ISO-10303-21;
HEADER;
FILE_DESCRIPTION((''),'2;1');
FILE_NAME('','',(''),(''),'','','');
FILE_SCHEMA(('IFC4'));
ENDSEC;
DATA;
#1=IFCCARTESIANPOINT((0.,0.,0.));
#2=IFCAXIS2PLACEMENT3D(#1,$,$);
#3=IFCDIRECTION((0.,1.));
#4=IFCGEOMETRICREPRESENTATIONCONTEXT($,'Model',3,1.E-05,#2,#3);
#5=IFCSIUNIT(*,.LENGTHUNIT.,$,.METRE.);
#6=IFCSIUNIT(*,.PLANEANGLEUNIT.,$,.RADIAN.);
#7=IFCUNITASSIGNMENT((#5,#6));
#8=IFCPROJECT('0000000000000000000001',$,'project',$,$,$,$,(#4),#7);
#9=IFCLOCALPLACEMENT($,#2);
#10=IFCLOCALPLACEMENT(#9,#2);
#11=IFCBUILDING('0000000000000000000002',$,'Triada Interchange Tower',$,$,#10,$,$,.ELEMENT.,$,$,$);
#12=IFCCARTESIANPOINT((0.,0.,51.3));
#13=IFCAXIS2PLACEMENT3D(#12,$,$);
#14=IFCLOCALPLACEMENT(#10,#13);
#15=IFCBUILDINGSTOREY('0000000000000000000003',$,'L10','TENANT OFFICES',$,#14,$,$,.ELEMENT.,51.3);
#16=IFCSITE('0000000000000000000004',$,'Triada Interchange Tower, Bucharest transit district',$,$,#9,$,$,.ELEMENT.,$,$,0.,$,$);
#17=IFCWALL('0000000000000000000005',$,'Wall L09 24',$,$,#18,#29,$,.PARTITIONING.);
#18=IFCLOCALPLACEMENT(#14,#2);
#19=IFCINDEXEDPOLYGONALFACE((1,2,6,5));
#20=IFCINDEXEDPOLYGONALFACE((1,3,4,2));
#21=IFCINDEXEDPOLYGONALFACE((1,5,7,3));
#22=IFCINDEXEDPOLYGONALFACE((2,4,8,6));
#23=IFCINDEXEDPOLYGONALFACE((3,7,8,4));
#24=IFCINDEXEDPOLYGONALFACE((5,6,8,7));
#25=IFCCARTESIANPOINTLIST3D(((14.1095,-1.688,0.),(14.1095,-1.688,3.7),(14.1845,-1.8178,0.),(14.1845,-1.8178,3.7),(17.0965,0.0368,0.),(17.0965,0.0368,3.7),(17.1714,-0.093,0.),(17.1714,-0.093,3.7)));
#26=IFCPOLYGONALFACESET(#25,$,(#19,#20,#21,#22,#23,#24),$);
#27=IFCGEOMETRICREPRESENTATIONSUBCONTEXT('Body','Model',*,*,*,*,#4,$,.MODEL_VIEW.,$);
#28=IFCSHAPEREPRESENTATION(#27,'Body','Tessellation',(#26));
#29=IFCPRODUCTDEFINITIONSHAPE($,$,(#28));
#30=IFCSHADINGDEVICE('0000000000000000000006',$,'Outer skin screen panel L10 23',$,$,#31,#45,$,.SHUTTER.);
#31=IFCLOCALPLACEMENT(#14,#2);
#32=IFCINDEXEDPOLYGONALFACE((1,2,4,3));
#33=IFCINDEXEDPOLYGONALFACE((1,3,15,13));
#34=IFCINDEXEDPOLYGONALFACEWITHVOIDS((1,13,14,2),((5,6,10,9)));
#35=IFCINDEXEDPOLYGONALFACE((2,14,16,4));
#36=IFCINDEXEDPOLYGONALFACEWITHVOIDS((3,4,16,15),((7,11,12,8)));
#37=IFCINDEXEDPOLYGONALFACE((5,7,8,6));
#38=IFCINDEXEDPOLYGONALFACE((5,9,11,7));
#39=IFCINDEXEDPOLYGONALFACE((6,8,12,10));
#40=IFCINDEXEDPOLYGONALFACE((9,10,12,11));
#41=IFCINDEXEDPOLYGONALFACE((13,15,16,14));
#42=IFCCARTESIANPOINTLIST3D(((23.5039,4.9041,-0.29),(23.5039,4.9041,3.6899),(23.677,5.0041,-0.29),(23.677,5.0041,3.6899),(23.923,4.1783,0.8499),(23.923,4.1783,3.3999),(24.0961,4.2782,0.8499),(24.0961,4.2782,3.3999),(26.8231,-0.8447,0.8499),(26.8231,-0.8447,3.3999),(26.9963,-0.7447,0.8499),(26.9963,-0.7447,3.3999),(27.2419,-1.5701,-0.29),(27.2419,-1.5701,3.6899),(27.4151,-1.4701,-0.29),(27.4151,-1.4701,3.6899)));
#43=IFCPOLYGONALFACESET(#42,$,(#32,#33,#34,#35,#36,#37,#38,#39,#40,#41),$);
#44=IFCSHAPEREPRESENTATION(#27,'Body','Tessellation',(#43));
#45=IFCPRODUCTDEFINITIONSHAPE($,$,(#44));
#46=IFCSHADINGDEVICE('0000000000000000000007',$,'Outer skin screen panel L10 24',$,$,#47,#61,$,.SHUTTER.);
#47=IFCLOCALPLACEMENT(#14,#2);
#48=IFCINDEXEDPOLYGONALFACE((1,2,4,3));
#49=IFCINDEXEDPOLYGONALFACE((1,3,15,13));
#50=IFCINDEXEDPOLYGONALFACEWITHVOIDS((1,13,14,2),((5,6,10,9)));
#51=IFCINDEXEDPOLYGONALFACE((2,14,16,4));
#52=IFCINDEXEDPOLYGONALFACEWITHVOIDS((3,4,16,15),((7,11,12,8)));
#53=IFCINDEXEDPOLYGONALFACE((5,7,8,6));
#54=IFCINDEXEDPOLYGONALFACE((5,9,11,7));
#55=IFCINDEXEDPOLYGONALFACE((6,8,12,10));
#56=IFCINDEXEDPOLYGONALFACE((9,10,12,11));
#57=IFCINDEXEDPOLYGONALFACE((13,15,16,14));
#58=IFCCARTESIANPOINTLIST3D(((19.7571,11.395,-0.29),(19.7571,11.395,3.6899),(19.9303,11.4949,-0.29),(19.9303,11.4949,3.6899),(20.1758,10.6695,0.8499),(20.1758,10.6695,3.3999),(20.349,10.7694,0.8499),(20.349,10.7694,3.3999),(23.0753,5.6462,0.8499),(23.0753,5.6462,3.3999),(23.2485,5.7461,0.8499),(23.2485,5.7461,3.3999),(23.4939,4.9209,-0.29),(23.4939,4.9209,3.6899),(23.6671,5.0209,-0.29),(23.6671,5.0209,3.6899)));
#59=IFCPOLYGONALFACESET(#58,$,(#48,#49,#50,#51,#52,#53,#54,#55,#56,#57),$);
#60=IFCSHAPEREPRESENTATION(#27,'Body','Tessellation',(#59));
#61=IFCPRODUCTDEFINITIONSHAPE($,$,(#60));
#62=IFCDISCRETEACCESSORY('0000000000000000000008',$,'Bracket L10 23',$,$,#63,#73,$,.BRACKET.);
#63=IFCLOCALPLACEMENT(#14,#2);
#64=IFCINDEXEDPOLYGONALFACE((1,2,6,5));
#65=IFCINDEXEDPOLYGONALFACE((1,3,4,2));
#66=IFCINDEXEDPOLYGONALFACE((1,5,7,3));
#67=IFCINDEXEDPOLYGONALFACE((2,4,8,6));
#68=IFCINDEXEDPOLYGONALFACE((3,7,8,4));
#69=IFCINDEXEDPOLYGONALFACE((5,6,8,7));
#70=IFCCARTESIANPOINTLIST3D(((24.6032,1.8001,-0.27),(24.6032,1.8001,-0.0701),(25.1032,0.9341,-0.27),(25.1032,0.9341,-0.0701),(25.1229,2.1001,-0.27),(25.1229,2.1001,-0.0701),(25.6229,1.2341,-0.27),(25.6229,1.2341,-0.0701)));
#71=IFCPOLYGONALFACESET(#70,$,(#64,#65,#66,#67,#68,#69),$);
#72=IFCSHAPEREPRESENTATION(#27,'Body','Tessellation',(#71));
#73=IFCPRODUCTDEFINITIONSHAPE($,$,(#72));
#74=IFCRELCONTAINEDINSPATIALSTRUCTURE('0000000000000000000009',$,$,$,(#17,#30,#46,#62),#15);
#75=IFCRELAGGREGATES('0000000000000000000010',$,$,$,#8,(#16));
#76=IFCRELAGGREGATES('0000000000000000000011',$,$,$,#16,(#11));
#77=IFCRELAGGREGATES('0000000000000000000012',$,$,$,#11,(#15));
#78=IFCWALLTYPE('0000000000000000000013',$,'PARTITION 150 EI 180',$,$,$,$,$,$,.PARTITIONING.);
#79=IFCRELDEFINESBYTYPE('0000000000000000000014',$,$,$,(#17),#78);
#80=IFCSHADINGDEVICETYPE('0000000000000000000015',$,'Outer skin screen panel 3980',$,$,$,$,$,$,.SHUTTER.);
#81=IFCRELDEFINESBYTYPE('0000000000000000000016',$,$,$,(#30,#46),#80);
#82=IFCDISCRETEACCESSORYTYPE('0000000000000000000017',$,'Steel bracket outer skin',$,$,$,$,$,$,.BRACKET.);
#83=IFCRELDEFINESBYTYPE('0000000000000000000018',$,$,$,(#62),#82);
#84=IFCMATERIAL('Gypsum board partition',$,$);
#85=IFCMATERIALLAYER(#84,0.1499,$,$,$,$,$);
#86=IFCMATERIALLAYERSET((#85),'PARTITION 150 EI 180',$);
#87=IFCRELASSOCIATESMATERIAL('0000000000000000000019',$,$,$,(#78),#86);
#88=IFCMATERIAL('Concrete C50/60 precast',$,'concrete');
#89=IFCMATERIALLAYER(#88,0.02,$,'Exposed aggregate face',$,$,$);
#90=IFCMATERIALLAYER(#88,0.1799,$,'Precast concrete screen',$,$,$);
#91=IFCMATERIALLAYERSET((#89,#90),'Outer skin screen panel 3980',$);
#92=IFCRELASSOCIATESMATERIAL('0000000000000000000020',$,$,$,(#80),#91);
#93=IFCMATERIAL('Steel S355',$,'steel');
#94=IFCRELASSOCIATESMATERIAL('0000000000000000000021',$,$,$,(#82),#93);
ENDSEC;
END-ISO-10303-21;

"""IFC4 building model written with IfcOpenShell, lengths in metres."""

from ifc_helpers import new_model, si_unit, direction, frame, frame_2d, origin, origin_2d, place, context, subcontext, project, spatial, polyline, rectangle, outline, extrude, material, layer, layer_set, type_object, element, save


model = new_model("IFC4")

# Units and contexts
model_context = context("Model", 3, precision=1e-05, world=origin(), true_north=direction((0.0, 1.0)))
body_context = subcontext(model_context, "Body", "Model", "MODEL_VIEW")
ifc_project = project(units=[si_unit("LENGTHUNIT", "METRE"), si_unit("PLANEANGLEUNIT", "RADIAN")], contexts=[model_context])

# Site, building, storey
site_placement = place(None, origin())
site = spatial("IfcSite", under=ifc_project, at=site_placement, Name="Triada Interchange Tower, Bucharest transit district", CompositionType="ELEMENT", RefElevation=0.0)
building_placement = place(site_placement, origin())
building = spatial("IfcBuilding", under=site, at=building_placement, Name="Triada Interchange Tower", CompositionType="ELEMENT")
storey_placement = place(building_placement, frame((0.0, 0.0, 51.3)))
storey = spatial("IfcBuildingStorey", under=building, at=storey_placement, Name="L10", Description="TENANT OFFICES", CompositionType="ELEMENT", Elevation=51.3)

# Wall
ifc_material_1 = material(Name="Gypsum board partition")
ifc_layer_1 = layer(ifc_material_1, 0.1499)
ifc_layer_set_1 = layer_set([ifc_layer_1], Name="PARTITION 150 EI 180")
wall_type_1 = type_object("IfcWallType", Name="PARTITION 150 EI 180", PredefinedType="PARTITIONING", material=ifc_layer_set_1)
wall_1_placement = place(storey_placement, frame((14.147, -1.7529, 0.0), z_axis=(0.0, 0.0, 1.0), x_axis=(0.865991, 0.500059, 0.0)))
element("IfcWall", 1, at=wall_1_placement, inside=storey, type_object=wall_type_1, Name="Wall L09 24", PredefinedType="PARTITIONING", context=body_context, shape_type="SweptSolid", body=[
    extrude(rectangle(XDim=3.4492, YDim=0.1499, at=frame_2d((1.7246, 0.0))), origin(), (0.0, 0.0, 1.0), 3.7),
])

# Shading devices
ifc_material_2 = material(Name="Concrete C50/60 precast", Category="concrete")
ifc_layer_2 = layer(ifc_material_2, 0.02, Name="Exposed aggregate face")
ifc_layer_3 = layer(ifc_material_2, 0.1799, Name="Precast concrete screen")
ifc_layer_set_2 = layer_set([ifc_layer_2, ifc_layer_3], Name="Outer skin screen panel 3980")
shading_device_type = type_object("IfcShadingDeviceType", Name="Outer skin screen panel 3980", PredefinedType="SHUTTER", material=ifc_layer_set_2)
shading_device_1_placement = place(storey_placement, frame((27.2419, -1.5701, -0.29), z_axis=(0.0, 0.0, 1.0), x_axis=(-0.50002, 0.866014, 0.0)))
element("IfcShadingDevice", 2, at=shading_device_1_placement, inside=storey, type_object=shading_device_type, Name="Outer skin screen panel L10 23", PredefinedType="SHUTTER", context=body_context, shape_type="SweptSolid", body=[
    extrude(outline(polyline([(0.0, 0.0), (7.4758, 0.0), (7.4758, 3.98), (0.0, 3.98), (0.0, 0.0)]), holes=[polyline([(0.8376, 1.1399), (0.8376, 3.6899), (6.6377, 3.6899), (6.6377, 1.1399), (0.8376, 1.1399)])]), frame((0.0, 0.0, 0.0), z_axis=(0.0, -1.0, 0.0), x_axis=(1.0, 0.0, 0.0)), (0.0, 0.0, 1.0), 0.2),
])
shading_device_2_placement = place(storey_placement, frame((23.4939, 4.9209, -0.29), z_axis=(0.0, 0.0, 1.0), x_axis=(-0.499898, 0.866084, 0.0)))
element("IfcShadingDevice", 3, at=shading_device_2_placement, inside=storey, type_object=shading_device_type, Name="Outer skin screen panel L10 24", PredefinedType="SHUTTER", context=body_context, shape_type="SweptSolid", body=[
    extrude(outline(polyline([(0.0, 0.0), (7.4751, 0.0), (7.4751, 3.98), (0.0, 3.98), (0.0, 0.0)]), holes=[polyline([(0.8374, 1.1399), (0.8374, 3.6899), (6.6375, 3.6899), (6.6375, 1.1399), (0.8374, 1.1399)])]), frame((0.0, 0.0, 0.0), z_axis=(0.0, -1.0, 0.0), x_axis=(1.0, 0.0, 0.0)), (0.0, 0.0, 1.0), 0.2),
])

# Discrete accessory
ifc_material_3 = material(Name="Steel S355", Category="steel")
discrete_accessory_type = type_object("IfcDiscreteAccessoryType", Name="Steel bracket outer skin", PredefinedType="BRACKET", material=ifc_material_3)
discrete_accessory_placement = place(storey_placement, frame((25.113, 1.5171, -0.27), z_axis=(0.0, 0.0, 1.0), x_axis=(0.866026, 0.499999, 0.0)))
element("IfcDiscreteAccessory", 4, at=discrete_accessory_placement, inside=storey, type_object=discrete_accessory_type, Name="Bracket L10 23", PredefinedType="BRACKET", context=body_context, shape_type="SweptSolid", body=[
    extrude(rectangle(XDim=0.6001, YDim=1.0, at=origin_2d()), origin(), (0.0, 0.0, 1.0), 0.2),
])

save(model, "model.ifc")
